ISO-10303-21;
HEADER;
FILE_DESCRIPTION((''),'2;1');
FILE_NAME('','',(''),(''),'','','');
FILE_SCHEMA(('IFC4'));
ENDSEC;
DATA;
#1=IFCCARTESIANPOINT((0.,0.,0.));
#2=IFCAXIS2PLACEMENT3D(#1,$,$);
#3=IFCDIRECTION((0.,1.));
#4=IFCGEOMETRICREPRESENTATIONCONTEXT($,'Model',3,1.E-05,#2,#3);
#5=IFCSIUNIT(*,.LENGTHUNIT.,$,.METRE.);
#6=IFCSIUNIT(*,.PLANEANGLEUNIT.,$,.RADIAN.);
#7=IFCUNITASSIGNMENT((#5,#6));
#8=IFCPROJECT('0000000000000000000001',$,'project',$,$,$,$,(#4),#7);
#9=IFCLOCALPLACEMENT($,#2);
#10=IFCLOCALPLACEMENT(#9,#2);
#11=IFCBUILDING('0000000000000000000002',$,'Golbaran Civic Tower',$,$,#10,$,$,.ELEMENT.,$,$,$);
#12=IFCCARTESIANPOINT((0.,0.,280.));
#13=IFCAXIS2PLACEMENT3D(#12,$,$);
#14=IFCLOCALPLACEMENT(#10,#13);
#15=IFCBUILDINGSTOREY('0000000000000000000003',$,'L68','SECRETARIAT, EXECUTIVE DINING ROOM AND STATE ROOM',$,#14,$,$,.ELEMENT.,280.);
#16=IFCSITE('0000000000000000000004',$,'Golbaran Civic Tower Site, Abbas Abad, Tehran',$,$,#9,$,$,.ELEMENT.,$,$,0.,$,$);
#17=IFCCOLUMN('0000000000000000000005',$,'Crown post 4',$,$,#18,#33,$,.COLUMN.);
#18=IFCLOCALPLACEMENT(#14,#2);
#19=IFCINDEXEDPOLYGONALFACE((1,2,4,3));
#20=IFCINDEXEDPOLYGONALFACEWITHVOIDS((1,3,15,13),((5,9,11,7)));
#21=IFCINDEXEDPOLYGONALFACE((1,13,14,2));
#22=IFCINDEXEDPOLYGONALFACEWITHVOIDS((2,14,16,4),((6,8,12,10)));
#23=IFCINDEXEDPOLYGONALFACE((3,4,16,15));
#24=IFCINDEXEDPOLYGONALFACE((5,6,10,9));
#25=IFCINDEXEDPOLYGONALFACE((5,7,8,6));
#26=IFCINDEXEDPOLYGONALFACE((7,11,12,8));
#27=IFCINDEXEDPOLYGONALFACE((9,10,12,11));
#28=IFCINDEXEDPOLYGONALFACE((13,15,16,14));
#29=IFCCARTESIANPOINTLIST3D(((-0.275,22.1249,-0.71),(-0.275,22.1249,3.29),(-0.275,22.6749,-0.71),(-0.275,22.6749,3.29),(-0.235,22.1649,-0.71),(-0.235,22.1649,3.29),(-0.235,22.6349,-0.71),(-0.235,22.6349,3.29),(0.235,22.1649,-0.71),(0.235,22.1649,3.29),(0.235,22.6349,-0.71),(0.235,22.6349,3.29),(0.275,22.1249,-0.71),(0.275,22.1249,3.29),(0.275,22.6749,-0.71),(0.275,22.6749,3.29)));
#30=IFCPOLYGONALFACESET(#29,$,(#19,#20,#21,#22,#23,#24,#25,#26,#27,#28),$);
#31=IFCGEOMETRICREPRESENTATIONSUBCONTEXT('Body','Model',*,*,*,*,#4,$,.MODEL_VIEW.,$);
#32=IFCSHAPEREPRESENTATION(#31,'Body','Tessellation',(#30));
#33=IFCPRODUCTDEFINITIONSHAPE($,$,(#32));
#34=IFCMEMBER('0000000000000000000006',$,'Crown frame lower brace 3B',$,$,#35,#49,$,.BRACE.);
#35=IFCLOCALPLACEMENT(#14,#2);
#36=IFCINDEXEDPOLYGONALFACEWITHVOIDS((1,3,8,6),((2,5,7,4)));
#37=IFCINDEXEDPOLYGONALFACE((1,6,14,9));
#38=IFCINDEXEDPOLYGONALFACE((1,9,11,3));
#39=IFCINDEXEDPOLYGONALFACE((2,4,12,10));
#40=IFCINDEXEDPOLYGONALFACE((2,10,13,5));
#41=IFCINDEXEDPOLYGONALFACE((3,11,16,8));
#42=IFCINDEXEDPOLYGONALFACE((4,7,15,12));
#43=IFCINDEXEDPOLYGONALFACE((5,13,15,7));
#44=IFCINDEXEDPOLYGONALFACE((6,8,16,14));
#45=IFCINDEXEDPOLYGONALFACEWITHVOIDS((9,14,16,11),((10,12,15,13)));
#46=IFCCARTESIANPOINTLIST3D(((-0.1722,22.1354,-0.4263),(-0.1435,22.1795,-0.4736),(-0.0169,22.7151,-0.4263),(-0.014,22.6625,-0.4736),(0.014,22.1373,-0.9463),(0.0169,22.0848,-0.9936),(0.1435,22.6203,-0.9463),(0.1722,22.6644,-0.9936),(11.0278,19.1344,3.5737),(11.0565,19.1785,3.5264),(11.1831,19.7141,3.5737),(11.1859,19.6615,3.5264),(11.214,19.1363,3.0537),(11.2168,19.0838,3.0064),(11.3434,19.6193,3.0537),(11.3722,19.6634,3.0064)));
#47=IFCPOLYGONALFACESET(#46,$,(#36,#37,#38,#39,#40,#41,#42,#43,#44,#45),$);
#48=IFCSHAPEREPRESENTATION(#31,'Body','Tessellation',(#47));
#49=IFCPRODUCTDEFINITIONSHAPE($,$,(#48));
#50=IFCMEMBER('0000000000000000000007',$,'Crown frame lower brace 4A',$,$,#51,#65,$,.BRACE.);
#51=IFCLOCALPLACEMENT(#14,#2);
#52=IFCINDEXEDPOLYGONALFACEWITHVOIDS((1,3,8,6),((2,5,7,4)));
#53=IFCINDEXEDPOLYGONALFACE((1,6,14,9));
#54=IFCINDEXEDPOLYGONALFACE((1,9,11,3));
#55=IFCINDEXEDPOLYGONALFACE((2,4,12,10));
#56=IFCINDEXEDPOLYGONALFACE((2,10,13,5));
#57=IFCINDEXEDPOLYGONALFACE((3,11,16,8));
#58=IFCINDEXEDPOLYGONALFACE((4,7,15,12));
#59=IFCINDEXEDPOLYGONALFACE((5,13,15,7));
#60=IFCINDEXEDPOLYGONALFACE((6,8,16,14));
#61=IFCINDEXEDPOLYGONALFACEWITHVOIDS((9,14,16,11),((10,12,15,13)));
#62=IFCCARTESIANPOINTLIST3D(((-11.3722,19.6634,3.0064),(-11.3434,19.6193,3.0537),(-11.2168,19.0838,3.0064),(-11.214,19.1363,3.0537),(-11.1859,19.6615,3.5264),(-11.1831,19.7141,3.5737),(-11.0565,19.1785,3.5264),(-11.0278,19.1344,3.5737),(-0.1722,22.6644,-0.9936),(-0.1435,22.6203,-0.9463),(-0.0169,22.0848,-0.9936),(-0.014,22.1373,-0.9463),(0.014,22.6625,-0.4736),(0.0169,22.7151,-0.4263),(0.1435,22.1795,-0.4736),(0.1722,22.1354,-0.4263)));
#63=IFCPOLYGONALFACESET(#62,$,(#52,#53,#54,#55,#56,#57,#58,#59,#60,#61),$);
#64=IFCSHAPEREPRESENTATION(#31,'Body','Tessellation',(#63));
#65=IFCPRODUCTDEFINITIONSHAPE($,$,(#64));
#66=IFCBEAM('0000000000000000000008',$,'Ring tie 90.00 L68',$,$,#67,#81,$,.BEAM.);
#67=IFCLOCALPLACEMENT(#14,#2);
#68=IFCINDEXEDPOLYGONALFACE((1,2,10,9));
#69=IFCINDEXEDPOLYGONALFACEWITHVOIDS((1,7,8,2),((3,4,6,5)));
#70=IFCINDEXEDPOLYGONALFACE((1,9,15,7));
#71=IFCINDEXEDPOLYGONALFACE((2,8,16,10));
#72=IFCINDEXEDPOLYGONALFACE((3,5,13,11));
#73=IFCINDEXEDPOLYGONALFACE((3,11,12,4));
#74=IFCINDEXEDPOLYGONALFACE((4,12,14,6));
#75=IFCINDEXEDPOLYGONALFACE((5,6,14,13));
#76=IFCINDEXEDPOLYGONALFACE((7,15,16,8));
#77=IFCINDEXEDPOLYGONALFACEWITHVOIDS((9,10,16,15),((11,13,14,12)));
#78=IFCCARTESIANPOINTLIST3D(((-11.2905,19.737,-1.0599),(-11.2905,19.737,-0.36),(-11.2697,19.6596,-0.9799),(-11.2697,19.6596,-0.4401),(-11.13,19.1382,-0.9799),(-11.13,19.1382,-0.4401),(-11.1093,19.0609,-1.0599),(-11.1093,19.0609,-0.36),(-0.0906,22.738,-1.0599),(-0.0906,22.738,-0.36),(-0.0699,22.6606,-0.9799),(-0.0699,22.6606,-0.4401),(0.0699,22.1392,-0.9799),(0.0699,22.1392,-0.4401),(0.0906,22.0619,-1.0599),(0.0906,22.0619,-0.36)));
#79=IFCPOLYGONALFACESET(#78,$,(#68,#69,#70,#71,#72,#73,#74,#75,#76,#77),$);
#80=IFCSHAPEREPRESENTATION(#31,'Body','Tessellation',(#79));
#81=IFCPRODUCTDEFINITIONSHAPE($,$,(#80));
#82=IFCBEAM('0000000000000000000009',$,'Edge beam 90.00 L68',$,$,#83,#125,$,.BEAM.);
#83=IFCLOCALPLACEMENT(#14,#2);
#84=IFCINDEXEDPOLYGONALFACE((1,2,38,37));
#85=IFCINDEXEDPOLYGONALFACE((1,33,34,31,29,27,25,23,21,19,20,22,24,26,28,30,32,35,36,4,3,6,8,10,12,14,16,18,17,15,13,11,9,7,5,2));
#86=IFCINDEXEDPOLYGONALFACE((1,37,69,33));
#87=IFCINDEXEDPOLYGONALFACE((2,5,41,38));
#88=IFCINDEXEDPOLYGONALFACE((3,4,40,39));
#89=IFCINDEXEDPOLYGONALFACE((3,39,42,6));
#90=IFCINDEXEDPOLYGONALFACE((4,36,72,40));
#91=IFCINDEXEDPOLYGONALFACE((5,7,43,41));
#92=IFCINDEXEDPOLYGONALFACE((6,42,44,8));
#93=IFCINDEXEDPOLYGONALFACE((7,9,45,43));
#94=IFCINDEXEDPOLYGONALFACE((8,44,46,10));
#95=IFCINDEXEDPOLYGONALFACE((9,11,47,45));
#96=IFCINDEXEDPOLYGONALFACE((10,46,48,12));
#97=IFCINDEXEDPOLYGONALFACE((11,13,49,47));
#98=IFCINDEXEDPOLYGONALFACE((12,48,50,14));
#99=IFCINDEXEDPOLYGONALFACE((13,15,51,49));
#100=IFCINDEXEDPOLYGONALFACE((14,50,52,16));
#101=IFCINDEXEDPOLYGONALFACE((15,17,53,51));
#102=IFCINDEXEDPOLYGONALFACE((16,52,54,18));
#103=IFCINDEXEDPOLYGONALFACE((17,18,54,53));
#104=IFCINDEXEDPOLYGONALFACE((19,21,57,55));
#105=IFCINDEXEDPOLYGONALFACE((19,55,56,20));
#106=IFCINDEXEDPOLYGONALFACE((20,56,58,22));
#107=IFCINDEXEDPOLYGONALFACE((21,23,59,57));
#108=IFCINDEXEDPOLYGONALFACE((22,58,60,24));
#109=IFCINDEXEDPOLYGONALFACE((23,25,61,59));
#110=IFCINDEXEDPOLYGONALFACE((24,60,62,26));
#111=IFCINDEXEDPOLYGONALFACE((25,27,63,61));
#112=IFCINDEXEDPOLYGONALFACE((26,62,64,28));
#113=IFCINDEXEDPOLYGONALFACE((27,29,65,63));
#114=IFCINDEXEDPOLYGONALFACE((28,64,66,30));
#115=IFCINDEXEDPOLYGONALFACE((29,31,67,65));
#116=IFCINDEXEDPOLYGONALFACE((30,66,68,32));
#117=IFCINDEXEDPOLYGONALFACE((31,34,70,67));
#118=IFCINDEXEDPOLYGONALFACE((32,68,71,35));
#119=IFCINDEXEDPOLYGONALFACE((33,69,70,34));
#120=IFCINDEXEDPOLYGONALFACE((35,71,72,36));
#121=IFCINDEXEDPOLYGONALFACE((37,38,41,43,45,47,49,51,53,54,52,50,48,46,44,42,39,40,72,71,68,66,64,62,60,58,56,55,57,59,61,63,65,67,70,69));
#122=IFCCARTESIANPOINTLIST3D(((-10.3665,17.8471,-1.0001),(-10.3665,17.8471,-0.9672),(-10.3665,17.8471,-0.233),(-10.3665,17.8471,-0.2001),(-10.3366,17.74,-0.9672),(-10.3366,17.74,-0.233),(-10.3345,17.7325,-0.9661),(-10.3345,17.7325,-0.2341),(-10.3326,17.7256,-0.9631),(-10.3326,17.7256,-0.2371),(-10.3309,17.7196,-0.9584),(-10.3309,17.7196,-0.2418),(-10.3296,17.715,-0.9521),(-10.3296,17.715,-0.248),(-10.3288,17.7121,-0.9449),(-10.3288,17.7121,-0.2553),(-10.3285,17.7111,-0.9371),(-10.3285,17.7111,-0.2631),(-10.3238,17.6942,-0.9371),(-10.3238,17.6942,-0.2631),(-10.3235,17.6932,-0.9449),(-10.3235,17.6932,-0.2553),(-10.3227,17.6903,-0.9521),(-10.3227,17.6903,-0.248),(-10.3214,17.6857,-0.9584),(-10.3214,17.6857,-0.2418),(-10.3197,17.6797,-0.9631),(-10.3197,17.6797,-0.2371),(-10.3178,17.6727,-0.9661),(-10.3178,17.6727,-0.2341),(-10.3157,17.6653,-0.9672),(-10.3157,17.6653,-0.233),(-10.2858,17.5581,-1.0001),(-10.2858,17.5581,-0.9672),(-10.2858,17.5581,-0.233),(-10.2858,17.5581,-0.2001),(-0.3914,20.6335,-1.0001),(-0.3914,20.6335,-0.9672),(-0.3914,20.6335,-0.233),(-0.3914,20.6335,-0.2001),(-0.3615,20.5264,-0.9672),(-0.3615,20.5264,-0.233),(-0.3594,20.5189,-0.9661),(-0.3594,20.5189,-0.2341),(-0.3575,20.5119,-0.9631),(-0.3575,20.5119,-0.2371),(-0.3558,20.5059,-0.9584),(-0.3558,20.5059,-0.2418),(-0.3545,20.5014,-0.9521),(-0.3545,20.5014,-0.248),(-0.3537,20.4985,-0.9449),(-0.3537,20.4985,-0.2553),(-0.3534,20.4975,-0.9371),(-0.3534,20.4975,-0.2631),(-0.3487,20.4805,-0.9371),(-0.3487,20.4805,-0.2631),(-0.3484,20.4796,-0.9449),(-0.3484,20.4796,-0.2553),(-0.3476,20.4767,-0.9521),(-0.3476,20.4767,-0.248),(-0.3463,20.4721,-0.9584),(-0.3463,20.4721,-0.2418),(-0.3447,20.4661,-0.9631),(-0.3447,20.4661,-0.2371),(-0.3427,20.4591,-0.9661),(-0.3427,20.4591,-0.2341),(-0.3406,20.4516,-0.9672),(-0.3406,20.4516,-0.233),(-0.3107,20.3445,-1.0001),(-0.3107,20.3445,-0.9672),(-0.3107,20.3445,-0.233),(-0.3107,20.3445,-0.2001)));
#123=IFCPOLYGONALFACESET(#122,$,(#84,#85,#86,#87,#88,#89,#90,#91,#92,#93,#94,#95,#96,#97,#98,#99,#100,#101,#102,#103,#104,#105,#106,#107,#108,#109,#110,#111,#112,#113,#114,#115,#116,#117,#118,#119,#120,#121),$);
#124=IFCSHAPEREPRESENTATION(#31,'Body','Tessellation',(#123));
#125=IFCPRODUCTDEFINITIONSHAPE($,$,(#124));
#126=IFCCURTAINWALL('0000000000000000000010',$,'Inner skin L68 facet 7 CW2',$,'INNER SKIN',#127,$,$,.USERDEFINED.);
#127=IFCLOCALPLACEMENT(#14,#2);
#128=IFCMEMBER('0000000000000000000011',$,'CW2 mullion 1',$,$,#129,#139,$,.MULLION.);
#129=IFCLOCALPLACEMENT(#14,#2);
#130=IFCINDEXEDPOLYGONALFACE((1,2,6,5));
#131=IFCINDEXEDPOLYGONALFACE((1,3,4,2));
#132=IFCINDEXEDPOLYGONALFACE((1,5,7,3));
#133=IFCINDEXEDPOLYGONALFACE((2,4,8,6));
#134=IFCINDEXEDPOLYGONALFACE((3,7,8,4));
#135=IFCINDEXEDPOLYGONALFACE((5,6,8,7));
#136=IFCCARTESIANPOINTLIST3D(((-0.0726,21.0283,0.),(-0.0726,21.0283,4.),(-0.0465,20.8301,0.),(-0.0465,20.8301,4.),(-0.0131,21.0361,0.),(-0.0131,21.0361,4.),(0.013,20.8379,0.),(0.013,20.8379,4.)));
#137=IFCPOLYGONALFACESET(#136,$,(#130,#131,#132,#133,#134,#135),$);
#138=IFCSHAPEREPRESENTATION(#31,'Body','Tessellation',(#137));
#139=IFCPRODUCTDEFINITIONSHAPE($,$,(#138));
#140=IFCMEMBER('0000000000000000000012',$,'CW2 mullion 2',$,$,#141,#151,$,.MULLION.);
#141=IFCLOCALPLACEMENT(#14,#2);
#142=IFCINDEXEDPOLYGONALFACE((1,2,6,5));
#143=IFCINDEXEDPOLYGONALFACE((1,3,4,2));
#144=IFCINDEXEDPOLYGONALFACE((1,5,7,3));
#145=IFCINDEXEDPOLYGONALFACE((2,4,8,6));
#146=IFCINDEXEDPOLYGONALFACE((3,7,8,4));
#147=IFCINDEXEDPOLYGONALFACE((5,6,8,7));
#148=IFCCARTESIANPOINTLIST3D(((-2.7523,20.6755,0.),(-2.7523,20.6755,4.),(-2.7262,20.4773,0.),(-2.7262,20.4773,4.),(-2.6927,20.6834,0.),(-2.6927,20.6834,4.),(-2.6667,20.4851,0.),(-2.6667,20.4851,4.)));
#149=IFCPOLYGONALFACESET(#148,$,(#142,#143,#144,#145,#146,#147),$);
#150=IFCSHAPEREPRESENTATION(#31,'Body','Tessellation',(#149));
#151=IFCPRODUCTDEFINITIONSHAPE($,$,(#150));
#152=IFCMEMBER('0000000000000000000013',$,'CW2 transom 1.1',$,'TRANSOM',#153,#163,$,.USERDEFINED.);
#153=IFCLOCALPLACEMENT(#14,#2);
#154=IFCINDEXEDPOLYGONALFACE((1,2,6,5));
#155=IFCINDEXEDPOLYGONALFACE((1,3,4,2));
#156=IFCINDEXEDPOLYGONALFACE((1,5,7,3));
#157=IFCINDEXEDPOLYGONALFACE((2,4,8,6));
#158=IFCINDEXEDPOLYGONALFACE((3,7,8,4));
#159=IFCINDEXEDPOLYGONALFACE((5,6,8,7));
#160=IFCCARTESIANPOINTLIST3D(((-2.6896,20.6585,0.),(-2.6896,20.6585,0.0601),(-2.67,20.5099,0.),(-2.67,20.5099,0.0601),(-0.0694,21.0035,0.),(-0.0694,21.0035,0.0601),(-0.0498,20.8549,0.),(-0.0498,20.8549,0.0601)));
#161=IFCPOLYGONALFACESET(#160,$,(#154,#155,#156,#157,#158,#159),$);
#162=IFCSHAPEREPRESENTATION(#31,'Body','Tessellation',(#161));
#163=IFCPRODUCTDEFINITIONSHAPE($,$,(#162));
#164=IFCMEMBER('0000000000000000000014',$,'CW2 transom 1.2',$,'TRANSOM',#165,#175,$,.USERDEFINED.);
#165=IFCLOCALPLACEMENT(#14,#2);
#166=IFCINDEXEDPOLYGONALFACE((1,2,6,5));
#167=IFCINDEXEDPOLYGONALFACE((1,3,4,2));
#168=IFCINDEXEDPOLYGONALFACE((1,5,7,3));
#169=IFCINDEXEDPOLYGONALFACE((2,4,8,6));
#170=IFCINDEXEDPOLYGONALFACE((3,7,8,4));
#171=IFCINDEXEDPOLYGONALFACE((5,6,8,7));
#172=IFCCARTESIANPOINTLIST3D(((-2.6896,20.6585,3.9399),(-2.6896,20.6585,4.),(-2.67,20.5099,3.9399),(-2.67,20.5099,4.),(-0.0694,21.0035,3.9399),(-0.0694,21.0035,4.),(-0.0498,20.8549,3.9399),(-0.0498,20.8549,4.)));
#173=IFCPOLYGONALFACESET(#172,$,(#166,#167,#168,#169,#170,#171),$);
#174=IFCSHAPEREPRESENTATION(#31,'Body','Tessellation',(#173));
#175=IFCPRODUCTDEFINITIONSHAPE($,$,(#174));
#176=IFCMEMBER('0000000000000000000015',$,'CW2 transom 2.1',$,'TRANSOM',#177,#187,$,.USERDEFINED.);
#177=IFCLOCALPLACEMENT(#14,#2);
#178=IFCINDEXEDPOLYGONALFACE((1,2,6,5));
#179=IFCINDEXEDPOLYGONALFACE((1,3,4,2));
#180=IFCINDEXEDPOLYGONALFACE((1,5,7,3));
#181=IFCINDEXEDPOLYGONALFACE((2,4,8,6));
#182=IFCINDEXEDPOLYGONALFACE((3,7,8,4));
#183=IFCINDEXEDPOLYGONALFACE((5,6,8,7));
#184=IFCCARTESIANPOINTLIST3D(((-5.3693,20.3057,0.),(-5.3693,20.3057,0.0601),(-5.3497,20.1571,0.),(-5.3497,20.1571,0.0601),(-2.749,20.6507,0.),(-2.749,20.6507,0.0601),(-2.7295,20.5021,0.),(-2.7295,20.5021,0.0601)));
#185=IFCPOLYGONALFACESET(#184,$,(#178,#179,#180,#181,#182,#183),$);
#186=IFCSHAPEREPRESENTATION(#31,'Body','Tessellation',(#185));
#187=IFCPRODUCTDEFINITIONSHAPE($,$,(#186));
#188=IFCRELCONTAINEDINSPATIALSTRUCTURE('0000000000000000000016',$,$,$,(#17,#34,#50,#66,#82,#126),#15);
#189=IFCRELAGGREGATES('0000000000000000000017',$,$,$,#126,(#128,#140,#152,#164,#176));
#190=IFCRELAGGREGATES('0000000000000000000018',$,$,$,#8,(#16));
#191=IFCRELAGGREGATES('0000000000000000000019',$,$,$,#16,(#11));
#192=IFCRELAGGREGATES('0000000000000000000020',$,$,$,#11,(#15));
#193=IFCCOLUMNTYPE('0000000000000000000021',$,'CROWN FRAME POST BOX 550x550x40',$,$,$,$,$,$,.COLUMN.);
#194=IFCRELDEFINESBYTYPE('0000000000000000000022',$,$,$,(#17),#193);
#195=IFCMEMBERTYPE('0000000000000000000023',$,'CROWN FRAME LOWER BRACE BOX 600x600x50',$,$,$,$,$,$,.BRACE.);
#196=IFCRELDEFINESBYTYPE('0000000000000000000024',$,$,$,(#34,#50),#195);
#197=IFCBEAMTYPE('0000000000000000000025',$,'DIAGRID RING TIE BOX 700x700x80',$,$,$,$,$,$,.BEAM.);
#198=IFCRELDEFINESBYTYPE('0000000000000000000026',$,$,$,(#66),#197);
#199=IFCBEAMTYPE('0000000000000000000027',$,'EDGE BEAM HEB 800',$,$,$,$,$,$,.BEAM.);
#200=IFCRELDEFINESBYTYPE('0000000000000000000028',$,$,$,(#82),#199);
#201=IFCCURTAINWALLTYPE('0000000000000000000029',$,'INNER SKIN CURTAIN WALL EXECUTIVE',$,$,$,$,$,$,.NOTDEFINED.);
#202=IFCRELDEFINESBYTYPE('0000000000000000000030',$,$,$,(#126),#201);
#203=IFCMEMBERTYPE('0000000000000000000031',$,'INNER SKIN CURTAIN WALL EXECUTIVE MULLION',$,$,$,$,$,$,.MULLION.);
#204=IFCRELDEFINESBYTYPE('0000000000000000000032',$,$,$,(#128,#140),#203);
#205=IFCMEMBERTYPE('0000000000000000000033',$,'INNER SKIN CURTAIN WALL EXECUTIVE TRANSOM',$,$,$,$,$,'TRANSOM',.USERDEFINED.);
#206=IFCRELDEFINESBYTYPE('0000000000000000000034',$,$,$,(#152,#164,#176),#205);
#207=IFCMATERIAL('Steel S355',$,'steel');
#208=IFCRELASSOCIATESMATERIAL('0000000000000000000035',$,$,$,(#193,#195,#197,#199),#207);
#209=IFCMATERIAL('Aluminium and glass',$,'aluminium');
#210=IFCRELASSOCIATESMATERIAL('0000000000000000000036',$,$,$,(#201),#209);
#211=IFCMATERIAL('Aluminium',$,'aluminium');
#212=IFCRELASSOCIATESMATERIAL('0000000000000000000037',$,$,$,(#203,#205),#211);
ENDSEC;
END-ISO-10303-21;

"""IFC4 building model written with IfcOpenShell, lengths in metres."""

from ifc_helpers import new_model, si_unit, direction, frame, origin, origin_2d, place, context, subcontext, project, spatial, rectangle, hollow_rectangle, i_section, extrude, material, material_profile, profile_set, type_object, element, aggregate, save


model = new_model("IFC4")

# Units and contexts
model_context = context("Model", 3, precision=1e-05, world=origin(), true_north=direction((0.0, 1.0)))
body_context = subcontext(model_context, "Body", "Model", "MODEL_VIEW")
ifc_project = project(units=[si_unit("LENGTHUNIT", "METRE"), si_unit("PLANEANGLEUNIT", "RADIAN")], contexts=[model_context])

# Site, building, storey
site_placement = place(None, origin())
site = spatial("IfcSite", under=ifc_project, at=site_placement, Name="Golbaran Civic Tower Site, Abbas Abad, Tehran", CompositionType="ELEMENT", RefElevation=0.0)
building_placement = place(site_placement, origin())
building = spatial("IfcBuilding", under=site, at=building_placement, Name="Golbaran Civic Tower", CompositionType="ELEMENT")
storey_placement = place(building_placement, frame((0.0, 0.0, 280.0)))
storey = spatial("IfcBuildingStorey", under=building, at=storey_placement, Name="L68", Description="SECRETARIAT, EXECUTIVE DINING ROOM AND STATE ROOM", CompositionType="ELEMENT", Elevation=280.0)

# Column
ifc_material_1 = material(Name="Steel S355", Category="steel")
ifc_material_profile_1 = material_profile(ifc_material_1, hollow_rectangle(XDim=0.55, YDim=0.55, WallThickness=0.04, at=origin_2d()), Name="BOX 550x550x40")
ifc_profile_set_1 = profile_set([ifc_material_profile_1], Name="Steel S355")
column_type = type_object("IfcColumnType", Name="CROWN FRAME POST BOX 550x550x40", PredefinedType="COLUMN", material=ifc_profile_set_1)
column_placement = place(storey_placement, frame((0.0, 22.3999, -0.71), z_axis=(0.0, 0.0, 1.0), x_axis=(1.0, 0.0, 0.0)))
element("IfcColumn", 1, at=column_placement, inside=storey, type_object=column_type, Name="Crown post 4", PredefinedType="COLUMN", context=body_context, shape_type="SweptSolid", body=[
    extrude(hollow_rectangle(XDim=0.55, YDim=0.55, WallThickness=0.04, at=origin_2d()), origin(), (0.0, 0.0, 1.0), 4.0),
])

# Members
ifc_material_profile_2 = material_profile(ifc_material_1, hollow_rectangle(XDim=0.6001, YDim=0.6001, WallThickness=0.05, at=origin_2d()), Name="BOX 600x600x50")
ifc_profile_set_2 = profile_set([ifc_material_profile_2], Name="Steel S355")
member_type_1 = type_object("IfcMemberType", Name="CROWN FRAME LOWER BRACE BOX 600x600x50", PredefinedType="BRACE", material=ifc_profile_set_2)
for number, where, z_axis, x_axis, name in (
    (2, (0.0, 22.3999, -0.71), (0.913119, -0.244666, 0.326116), (0.258816, 0.965927, 0.0), "Crown frame lower brace 3B"),
    (3, (0.0, 22.3999, -0.71), (-0.913119, -0.244666, 0.326116), (0.258816, -0.965927, 0.0), "Crown frame lower brace 4A"),
):
    element("IfcMember", number, at=place(storey_placement, frame(where, z_axis=z_axis, x_axis=x_axis)), inside=storey, type_object=member_type_1, Name=name, PredefinedType="BRACE", context=body_context, shape_type="SweptSolid", body=[
        extrude(hollow_rectangle(XDim=0.6001, YDim=0.6001, WallThickness=0.05, at=origin_2d()), origin(), (0.0, 0.0, 1.0), 12.2656),
    ])

# Beams
ifc_material_profile_3 = material_profile(ifc_material_1, hollow_rectangle(XDim=0.7, YDim=0.7, WallThickness=0.0801, at=origin_2d()), Name="BOX 700x700x80")
ifc_profile_set_3 = profile_set([ifc_material_profile_3], Name="Steel S355")
beam_type_1 = type_object("IfcBeamType", Name="DIAGRID RING TIE BOX 700x700x80", PredefinedType="BEAM", material=ifc_profile_set_3)
beam_1_placement = place(storey_placement, frame((0.0, 22.3999, -0.71), z_axis=(-0.965927, -0.258816, 0.0), x_axis=(0.258816, -0.965927, 0.0)))
element("IfcBeam", 4, at=beam_1_placement, inside=storey, type_object=beam_type_1, Name="Ring tie 90.00 L68", PredefinedType="BEAM", context=body_context, shape_type="SweptSolid", body=[
    extrude(hollow_rectangle(XDim=0.7, YDim=0.7, WallThickness=0.0801, at=origin_2d()), origin(), (0.0, 0.0, 1.0), 11.595),
])
ifc_material_profile_4 = material_profile(ifc_material_1, i_section(OverallWidth=0.3, OverallDepth=0.8, WebThickness=0.0176, FlangeThickness=0.033, FilletRadius=0.03, at=origin_2d()), Name="HEB 800")
ifc_profile_set_4 = profile_set([ifc_material_profile_4], Name="Steel S355")
beam_type_2 = type_object("IfcBeamType", Name="EDGE BEAM HEB 800", PredefinedType="BEAM", material=ifc_profile_set_4)
beam_2_placement = place(storey_placement, frame((-0.3511, 20.489, -0.6001), z_axis=(-0.963131, -0.269034, 0.0), x_axis=(0.269034, -0.963131, 0.0)))
element("IfcBeam", 5, at=beam_2_placement, inside=storey, type_object=beam_type_2, Name="Edge beam 90.00 L68", PredefinedType="BEAM", context=body_context, shape_type="SweptSolid", body=[
    extrude(i_section(OverallWidth=0.3, OverallDepth=0.8, WebThickness=0.0176, FlangeThickness=0.033, FilletRadius=0.03, at=origin_2d()), origin(), (0.0, 0.0, 1.0), 10.3569),
])

# Curtain wall, members
ifc_material_2 = material(Name="Aluminium and glass", Category="aluminium")
curtain_wall_type_1 = type_object("IfcCurtainWallType", Name="INNER SKIN CURTAIN WALL EXECUTIVE", PredefinedType="NOTDEFINED", material=ifc_material_2)
curtain_wall_1_placement = place(storey_placement, origin())
curtain_wall_1 = element("IfcCurtainWall", 6, at=curtain_wall_1_placement, inside=storey, type_object=curtain_wall_type_1, Name="Inner skin L68 facet 7 CW2", ObjectType="INNER SKIN", PredefinedType="USERDEFINED")
ifc_material_3 = material(Name="Aluminium", Category="aluminium")
ifc_material_profile_5 = material_profile(ifc_material_3, rectangle(XDim=0.2, YDim=0.0601, at=origin_2d()), Name="INNER SKIN CURTAIN WALL EXECUTIVE MULLION")
ifc_profile_set_5 = profile_set([ifc_material_profile_5], Name="Aluminium")
member_type_2 = type_object("IfcMemberType", Name="INNER SKIN CURTAIN WALL EXECUTIVE MULLION", PredefinedType="MULLION", material=ifc_profile_set_5)
member_1_placement = place(storey_placement, frame((-0.0298, 20.9331, 0.0), z_axis=(0.0, 0.0, 1.0), x_axis=(0.130526, -0.991445, 0.0)))
member_1 = element("IfcMember", 7, at=member_1_placement, type_object=member_type_2, Name="CW2 mullion 1", PredefinedType="MULLION", context=body_context, shape_type="SweptSolid", body=[
    extrude(rectangle(XDim=0.2, YDim=0.0601, at=origin_2d()), origin(), (0.0, 0.0, 1.0), 4.0),
])
member_2_placement = place(storey_placement, frame((-2.7095, 20.5803, 0.0), z_axis=(0.0, 0.0, 1.0), x_axis=(0.130526, -0.991445, 0.0)))
member_2 = element("IfcMember", 8, at=member_2_placement, type_object=member_type_2, Name="CW2 mullion 2", PredefinedType="MULLION", context=body_context, shape_type="SweptSolid", body=[
    extrude(rectangle(XDim=0.2, YDim=0.0601, at=origin_2d()), origin(), (0.0, 0.0, 1.0), 4.0),
])
ifc_material_profile_6 = material_profile(ifc_material_3, rectangle(XDim=0.1499, YDim=0.0601, at=origin_2d()), Name="INNER SKIN CURTAIN WALL EXECUTIVE TRANSOM")
ifc_profile_set_6 = profile_set([ifc_material_profile_6], Name="Aluminium")
member_type_3 = type_object("IfcMemberType", Name="INNER SKIN CURTAIN WALL EXECUTIVE TRANSOM", ElementType="TRANSOM", PredefinedType="USERDEFINED", material=ifc_profile_set_6)
member_3_placement = place(storey_placement, frame((-0.0596, 20.9292, 0.03), z_axis=(-0.991444, -0.130536, 0.0), x_axis=(0.130536, -0.991444, 0.0)))
member_3 = element("IfcMember", 9, at=member_3_placement, type_object=member_type_3, Name="CW2 transom 1.1", ObjectType="TRANSOM", PredefinedType="USERDEFINED", context=body_context, shape_type="SweptSolid", body=[
    extrude(rectangle(XDim=0.1499, YDim=0.0601, at=origin_2d()), origin(), (0.0, 0.0, 1.0), 2.6428),
])
member_4_placement = place(storey_placement, frame((-0.0596, 20.9292, 3.97), z_axis=(-0.991444, -0.130536, 0.0), x_axis=(0.130536, -0.991444, 0.0)))
member_4 = element("IfcMember", 10, at=member_4_placement, type_object=member_type_3, Name="CW2 transom 1.2", ObjectType="TRANSOM", PredefinedType="USERDEFINED", context=body_context, shape_type="SweptSolid", body=[
    extrude(rectangle(XDim=0.1499, YDim=0.0601, at=origin_2d()), origin(), (0.0, 0.0, 1.0), 2.6428),
])
member_5_placement = place(storey_placement, frame((-2.7393, 20.5764, 0.03), z_axis=(-0.991444, -0.130536, 0.0), x_axis=(0.130536, -0.991444, 0.0)))
member_5 = element("IfcMember", 11, at=member_5_placement, type_object=member_type_3, Name="CW2 transom 2.1", ObjectType="TRANSOM", PredefinedType="USERDEFINED", context=body_context, shape_type="SweptSolid", body=[
    extrude(rectangle(XDim=0.1499, YDim=0.0601, at=origin_2d()), origin(), (0.0, 0.0, 1.0), 2.6428),
])

aggregate(curtain_wall_1, [member_1, member_2, member_3, member_4, member_5])

save(model, "model.ifc")
